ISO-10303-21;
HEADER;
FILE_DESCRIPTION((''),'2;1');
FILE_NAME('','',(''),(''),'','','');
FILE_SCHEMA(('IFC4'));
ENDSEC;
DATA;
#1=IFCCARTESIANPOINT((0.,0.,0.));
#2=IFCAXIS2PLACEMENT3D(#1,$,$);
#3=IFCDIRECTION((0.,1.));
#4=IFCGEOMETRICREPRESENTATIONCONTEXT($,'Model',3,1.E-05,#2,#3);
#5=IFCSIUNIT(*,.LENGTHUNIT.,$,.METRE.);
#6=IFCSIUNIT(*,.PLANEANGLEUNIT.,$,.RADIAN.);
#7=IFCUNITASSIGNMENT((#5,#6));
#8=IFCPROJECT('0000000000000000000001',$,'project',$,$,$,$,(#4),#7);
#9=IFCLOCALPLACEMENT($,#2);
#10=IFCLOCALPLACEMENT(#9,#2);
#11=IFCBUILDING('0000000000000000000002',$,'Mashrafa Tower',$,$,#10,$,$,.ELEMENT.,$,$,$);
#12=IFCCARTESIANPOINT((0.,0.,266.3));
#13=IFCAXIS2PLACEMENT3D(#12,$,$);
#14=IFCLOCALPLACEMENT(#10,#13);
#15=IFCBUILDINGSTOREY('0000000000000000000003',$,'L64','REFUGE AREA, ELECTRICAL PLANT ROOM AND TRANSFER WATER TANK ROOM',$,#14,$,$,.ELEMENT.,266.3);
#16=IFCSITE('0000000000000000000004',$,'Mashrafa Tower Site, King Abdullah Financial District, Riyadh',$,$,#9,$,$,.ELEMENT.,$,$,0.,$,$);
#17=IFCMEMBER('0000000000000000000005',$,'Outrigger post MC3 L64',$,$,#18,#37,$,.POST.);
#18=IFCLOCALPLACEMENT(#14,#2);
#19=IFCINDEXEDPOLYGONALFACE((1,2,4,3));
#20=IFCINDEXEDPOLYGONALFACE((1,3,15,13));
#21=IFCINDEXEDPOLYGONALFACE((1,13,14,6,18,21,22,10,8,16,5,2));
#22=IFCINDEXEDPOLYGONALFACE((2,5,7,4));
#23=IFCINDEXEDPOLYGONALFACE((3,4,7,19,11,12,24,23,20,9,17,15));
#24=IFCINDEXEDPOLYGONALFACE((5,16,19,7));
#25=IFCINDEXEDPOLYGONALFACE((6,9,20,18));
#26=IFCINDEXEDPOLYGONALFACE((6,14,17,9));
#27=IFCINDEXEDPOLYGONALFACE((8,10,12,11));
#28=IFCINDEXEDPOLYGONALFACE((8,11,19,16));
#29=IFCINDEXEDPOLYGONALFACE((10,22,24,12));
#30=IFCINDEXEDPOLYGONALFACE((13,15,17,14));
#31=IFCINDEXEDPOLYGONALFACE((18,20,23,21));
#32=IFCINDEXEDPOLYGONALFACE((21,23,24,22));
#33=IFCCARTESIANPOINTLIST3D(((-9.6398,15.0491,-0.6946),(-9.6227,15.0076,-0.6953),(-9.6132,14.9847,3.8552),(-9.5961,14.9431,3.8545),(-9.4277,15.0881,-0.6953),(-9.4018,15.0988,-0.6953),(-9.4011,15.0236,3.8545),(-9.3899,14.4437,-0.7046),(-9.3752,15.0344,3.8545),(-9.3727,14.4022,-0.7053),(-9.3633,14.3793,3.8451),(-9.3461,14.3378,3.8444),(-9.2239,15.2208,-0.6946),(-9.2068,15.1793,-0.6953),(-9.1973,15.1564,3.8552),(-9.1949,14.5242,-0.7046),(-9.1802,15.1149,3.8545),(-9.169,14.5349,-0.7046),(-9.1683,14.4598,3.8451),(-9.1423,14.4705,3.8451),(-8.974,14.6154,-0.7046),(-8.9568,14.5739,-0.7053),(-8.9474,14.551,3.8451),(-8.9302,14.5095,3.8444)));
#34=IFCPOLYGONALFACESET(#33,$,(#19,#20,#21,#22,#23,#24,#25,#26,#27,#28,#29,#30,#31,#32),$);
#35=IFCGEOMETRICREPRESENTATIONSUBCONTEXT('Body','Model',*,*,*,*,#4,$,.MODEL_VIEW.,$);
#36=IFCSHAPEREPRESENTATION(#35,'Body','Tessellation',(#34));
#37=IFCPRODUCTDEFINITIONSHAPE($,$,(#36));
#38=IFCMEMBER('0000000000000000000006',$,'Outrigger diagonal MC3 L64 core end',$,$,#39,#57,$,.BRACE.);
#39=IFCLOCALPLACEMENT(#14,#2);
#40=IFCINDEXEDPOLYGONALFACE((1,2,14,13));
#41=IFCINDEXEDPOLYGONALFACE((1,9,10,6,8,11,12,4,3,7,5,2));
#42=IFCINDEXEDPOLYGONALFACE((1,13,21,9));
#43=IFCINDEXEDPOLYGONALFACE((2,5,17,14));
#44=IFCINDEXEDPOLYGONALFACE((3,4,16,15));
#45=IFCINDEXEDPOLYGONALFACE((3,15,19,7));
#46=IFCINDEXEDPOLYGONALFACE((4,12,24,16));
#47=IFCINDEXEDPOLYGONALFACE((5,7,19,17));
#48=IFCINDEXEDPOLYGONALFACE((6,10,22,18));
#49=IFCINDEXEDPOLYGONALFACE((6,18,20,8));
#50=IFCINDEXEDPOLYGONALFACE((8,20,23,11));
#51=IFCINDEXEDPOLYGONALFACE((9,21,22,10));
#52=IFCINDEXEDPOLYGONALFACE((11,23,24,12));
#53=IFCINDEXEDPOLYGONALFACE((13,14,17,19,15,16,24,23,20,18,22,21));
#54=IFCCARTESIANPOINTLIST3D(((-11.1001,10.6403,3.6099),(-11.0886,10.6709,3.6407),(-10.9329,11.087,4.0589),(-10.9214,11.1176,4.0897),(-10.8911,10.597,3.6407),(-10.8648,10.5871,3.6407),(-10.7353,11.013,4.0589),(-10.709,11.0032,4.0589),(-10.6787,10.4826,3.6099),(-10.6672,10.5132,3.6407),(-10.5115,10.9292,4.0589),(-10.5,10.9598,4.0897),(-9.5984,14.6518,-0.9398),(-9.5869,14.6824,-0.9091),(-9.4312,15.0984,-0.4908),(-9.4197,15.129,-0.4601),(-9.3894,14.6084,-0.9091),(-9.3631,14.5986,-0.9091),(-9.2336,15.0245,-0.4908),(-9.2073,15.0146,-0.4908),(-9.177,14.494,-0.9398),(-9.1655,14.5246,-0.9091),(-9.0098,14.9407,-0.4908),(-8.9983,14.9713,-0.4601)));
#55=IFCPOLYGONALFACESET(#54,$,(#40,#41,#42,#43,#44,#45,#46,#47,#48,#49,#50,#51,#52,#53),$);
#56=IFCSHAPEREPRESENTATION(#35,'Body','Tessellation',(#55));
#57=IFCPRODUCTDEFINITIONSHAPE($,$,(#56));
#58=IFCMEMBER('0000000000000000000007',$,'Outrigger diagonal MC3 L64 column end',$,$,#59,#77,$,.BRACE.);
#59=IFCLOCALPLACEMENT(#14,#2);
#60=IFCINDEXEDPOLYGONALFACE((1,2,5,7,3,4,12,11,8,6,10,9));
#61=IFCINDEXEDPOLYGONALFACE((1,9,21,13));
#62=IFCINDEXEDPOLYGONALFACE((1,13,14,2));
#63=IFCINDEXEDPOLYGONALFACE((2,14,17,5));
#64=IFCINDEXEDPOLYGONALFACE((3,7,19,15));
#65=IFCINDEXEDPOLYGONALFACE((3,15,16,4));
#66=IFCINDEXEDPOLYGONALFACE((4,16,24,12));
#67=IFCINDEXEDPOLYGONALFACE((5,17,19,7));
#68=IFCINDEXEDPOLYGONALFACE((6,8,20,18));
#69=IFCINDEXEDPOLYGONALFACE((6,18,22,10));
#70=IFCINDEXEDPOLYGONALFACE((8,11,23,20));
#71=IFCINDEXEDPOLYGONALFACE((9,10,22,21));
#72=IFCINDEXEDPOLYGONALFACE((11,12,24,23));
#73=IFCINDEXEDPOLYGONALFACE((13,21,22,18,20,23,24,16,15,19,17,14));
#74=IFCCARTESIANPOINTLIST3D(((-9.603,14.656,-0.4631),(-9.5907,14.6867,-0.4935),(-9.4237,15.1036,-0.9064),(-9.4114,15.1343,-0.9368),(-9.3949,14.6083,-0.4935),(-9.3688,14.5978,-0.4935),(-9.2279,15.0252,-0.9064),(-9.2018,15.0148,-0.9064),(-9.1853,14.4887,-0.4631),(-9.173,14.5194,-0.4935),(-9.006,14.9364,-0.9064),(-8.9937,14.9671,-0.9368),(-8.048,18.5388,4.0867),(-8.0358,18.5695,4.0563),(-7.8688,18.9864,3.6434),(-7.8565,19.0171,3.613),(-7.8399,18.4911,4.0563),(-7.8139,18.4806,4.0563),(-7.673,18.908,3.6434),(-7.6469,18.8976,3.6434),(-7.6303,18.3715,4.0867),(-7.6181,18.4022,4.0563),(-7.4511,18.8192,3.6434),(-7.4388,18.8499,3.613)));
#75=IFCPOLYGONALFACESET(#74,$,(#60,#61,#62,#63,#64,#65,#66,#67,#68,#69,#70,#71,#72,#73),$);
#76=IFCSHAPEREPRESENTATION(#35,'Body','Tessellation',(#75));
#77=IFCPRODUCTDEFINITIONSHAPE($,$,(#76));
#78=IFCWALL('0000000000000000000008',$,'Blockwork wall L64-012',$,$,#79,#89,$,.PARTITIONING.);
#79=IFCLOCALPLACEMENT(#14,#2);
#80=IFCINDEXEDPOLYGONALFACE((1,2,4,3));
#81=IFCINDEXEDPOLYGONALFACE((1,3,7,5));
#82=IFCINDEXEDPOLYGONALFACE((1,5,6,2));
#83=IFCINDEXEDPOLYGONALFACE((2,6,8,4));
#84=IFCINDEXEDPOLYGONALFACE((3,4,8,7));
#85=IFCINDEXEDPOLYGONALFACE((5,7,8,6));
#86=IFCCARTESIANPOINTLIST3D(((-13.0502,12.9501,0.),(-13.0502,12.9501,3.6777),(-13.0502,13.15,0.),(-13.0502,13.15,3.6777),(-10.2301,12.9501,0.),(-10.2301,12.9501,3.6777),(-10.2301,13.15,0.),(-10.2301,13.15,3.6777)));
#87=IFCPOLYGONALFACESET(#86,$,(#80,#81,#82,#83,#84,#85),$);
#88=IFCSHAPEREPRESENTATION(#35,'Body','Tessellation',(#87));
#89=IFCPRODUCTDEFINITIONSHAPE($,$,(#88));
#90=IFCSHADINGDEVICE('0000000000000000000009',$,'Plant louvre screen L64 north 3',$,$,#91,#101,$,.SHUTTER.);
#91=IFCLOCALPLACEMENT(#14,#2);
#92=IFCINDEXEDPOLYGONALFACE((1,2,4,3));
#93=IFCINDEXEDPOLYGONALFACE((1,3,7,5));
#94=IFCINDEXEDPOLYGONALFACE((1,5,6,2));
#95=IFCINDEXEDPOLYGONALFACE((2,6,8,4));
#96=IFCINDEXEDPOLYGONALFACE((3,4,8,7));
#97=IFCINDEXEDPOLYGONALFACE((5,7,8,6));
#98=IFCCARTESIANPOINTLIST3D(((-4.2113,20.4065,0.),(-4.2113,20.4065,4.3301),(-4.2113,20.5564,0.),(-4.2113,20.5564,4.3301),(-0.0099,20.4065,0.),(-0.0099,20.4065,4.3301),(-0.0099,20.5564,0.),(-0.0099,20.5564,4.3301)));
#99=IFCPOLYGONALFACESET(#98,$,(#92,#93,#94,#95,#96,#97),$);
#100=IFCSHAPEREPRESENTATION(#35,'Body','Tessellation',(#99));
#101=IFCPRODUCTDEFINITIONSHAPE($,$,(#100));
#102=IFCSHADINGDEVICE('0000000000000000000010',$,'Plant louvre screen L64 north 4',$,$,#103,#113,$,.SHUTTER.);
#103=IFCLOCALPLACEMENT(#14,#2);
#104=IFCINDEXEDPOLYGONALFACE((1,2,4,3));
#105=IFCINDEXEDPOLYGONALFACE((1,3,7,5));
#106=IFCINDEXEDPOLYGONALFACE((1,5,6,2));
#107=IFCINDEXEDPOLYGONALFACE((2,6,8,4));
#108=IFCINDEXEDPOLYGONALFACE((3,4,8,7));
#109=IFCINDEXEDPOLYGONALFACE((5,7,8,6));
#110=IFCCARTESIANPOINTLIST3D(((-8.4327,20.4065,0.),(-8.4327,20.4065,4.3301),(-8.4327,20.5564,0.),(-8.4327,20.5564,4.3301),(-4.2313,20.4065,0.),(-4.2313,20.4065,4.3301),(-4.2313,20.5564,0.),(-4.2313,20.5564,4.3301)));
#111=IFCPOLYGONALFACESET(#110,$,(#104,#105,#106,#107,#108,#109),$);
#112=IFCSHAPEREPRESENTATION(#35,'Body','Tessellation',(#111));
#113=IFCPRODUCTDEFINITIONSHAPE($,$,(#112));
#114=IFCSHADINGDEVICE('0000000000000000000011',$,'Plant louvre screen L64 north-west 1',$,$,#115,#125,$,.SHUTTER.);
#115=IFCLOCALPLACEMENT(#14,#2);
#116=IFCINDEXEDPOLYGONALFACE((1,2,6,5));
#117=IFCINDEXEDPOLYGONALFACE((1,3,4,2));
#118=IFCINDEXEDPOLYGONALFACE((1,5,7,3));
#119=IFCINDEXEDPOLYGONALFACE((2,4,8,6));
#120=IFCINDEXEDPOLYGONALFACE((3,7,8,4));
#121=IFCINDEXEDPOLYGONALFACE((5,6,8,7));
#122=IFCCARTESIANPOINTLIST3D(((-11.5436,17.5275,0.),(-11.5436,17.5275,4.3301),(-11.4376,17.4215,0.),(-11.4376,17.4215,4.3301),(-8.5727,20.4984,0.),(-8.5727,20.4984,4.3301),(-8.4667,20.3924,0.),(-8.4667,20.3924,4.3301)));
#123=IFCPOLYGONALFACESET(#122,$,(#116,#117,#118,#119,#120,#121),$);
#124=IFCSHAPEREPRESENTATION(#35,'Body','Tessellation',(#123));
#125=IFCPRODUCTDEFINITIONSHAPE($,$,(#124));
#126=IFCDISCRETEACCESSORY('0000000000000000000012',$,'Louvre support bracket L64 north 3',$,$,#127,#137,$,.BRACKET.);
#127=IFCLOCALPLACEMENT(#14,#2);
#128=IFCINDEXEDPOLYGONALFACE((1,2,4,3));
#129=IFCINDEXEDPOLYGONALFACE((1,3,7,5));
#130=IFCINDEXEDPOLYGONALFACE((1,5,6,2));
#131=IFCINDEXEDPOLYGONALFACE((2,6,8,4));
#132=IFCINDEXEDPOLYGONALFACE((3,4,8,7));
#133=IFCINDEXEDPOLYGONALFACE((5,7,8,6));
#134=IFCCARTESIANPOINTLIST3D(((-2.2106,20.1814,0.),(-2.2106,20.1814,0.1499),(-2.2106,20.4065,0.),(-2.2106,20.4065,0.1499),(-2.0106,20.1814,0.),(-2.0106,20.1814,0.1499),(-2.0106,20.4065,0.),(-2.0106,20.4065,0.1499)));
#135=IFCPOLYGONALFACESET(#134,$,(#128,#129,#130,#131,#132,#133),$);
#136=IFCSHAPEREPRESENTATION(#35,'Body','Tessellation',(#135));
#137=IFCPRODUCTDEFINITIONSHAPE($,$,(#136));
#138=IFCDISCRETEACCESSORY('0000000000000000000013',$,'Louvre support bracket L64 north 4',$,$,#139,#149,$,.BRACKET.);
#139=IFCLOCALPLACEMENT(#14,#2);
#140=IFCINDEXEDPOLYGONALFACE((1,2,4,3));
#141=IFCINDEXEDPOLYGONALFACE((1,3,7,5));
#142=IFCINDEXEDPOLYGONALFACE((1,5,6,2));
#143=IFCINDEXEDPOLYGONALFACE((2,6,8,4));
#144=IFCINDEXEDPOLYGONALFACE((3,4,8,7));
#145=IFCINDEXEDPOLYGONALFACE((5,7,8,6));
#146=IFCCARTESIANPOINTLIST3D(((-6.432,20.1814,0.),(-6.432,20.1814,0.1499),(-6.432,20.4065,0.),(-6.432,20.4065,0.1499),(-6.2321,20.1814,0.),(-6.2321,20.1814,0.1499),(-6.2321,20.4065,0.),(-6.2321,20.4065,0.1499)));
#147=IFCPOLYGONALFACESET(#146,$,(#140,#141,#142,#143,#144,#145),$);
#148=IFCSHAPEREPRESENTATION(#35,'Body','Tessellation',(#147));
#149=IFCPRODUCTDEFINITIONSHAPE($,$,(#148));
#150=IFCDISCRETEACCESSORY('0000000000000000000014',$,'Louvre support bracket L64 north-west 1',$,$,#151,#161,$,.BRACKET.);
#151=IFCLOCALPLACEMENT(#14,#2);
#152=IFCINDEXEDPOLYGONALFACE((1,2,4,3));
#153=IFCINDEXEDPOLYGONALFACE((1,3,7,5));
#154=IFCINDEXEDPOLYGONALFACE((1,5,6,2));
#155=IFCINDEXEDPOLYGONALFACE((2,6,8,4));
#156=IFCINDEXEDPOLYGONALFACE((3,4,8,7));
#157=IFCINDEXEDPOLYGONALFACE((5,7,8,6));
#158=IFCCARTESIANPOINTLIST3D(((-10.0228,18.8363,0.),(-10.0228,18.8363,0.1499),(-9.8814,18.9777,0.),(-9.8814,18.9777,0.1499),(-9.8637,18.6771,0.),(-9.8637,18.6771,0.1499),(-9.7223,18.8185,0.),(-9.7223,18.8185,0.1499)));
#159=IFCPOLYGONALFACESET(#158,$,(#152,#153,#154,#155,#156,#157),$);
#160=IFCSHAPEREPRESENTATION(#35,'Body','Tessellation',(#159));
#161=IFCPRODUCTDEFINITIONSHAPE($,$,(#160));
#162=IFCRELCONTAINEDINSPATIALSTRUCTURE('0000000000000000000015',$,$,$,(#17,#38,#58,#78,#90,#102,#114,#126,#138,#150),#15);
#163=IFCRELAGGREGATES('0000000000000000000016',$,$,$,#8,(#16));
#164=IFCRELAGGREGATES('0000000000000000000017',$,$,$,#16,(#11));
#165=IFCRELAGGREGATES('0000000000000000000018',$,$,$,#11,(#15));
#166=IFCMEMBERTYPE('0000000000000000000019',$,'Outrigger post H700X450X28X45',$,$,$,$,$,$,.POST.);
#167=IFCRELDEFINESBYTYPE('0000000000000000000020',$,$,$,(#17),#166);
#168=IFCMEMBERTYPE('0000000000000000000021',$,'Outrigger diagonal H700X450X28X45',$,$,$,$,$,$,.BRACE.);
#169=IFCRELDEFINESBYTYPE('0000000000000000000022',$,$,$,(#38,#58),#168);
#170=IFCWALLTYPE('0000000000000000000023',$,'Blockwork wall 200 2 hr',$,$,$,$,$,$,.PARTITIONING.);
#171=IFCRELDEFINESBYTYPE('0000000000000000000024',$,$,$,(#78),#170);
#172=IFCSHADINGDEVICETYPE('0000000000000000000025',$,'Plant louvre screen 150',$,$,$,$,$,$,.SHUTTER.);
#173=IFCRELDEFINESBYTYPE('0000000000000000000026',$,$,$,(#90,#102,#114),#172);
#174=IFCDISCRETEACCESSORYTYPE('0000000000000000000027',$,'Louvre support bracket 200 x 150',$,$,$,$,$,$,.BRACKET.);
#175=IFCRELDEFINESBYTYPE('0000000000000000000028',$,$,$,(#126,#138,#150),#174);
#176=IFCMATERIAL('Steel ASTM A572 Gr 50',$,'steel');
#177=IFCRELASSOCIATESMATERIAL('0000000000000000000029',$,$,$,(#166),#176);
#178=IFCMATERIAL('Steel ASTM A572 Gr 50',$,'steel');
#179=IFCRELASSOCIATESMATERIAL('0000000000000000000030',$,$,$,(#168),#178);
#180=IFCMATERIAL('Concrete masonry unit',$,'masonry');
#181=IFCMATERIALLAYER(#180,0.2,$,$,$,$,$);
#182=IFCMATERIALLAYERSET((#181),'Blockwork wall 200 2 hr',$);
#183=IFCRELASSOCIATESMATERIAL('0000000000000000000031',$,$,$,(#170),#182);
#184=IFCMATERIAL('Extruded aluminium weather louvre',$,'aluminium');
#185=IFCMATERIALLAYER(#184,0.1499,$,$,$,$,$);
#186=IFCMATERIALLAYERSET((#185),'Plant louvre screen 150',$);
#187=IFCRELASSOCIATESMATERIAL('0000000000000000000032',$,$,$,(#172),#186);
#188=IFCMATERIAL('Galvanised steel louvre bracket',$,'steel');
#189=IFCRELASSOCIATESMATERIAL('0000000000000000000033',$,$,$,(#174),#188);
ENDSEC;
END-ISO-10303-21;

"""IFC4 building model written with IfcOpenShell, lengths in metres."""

from ifc_helpers import new_model, si_unit, direction, frame, frame_2d, origin, origin_2d, place, context, subcontext, project, spatial, rectangle, i_section, extrude, source, transform, mapped, material, layer, layer_set, material_profile, profile_set, type_object, type_shapes, element, save


model = new_model("IFC4")

# Units and contexts
model_context = context("Model", 3, precision=1e-05, world=origin(), true_north=direction((0.0, 1.0)))
body_context = subcontext(model_context, "Body", "Model", "MODEL_VIEW")
ifc_project = project(units=[si_unit("LENGTHUNIT", "METRE"), si_unit("PLANEANGLEUNIT", "RADIAN")], contexts=[model_context])

# Site, building, storey
site_placement = place(None, origin())
site = spatial("IfcSite", under=ifc_project, at=site_placement, Name="Mashrafa Tower Site, King Abdullah Financial District, Riyadh", CompositionType="ELEMENT", RefElevation=0.0)
building_placement = place(site_placement, origin())
building = spatial("IfcBuilding", under=site, at=building_placement, Name="Mashrafa Tower", CompositionType="ELEMENT")
storey_placement = place(building_placement, frame((0.0, 0.0, 266.3)))
storey = spatial("IfcBuildingStorey", under=building, at=storey_placement, Name="L64", Description="REFUGE AREA, ELECTRICAL PLANT ROOM AND TRANSFER WATER TANK ROOM", CompositionType="ELEMENT", Elevation=266.3)

# Members
ifc_material_1 = material(Name="Steel ASTM A572 Gr 50", Category="steel")
ifc_material_profile_1 = material_profile(ifc_material_1, i_section(OverallWidth=0.45, OverallDepth=0.7, WebThickness=0.0281, FlangeThickness=0.0449, at=origin_2d()), Name="H700X450X28X45")
ifc_profile_set_1 = profile_set([ifc_material_profile_1], Name="Steel ASTM A572 Gr 50")
member_type_1 = type_object("IfcMemberType", Name="Outrigger post H700X450X28X45", PredefinedType="POST", material=ifc_profile_set_1)
shared_shape_1 = source(origin(), body_context, "Body", "SweptSolid", [
    extrude(i_section(OverallWidth=0.45, OverallDepth=0.7, WebThickness=0.0281, FlangeThickness=0.0449, at=origin_2d()), origin(), (0.0, 0.0, 1.0), 4.5503),
])
type_shapes(member_type_1, [shared_shape_1])
member_1_placement = place(storey_placement, frame((-9.2983, 14.8115, -0.7), z_axis=(0.005848, -0.014164, 0.999883), x_axis=(0.924315, 0.38163, 0.0)))
element("IfcMember", 1, at=member_1_placement, inside=storey, type_object=member_type_1, Name="Outrigger post MC3 L64", PredefinedType="POST", context=body_context, shape_type="MappedRepresentation", body=[
    mapped(shared_shape_1, transform((0.0, 0.0, 0.0))),
])
ifc_material_2 = material(Name="Steel ASTM A572 Gr 50", Category="steel")
ifc_material_profile_2 = material_profile(ifc_material_2, i_section(OverallWidth=0.45, OverallDepth=0.7, WebThickness=0.0281, FlangeThickness=0.0449, at=origin_2d()), Name="H700X450X28X45")
ifc_profile_set_2 = profile_set([ifc_material_profile_2], Name="Steel ASTM A572 Gr 50")
member_type_2 = type_object("IfcMemberType", Name="Outrigger diagonal H700X450X28X45", PredefinedType="BRACE", material=ifc_profile_set_2)
shared_shape_2 = source(origin(), body_context, "Body", "SweptSolid", [
    extrude(i_section(OverallWidth=0.45, OverallDepth=0.7, WebThickness=0.0281, FlangeThickness=0.0449, at=origin_2d()), origin(), (0.0, 0.0, 1.0), 6.2488),
])
member_2_placement = place(storey_placement, frame((-9.2983, 14.8115, -0.7), z_axis=(-0.240319, -0.641957, 0.728106), x_axis=(0.936528, -0.350592, 0.0)))
element("IfcMember", 2, at=member_2_placement, inside=storey, type_object=member_type_2, Name="Outrigger diagonal MC3 L64 core end", PredefinedType="BRACE", context=body_context, shape_type="MappedRepresentation", body=[
    mapped(shared_shape_2, transform((0.0, 0.0, 0.0))),
])
shared_shape_3 = source(origin(), body_context, "Body", "SweptSolid", [
    extrude(i_section(OverallWidth=0.45, OverallDepth=0.7, WebThickness=0.0281, FlangeThickness=0.0449, at=origin_2d()), origin(), (0.0, 0.0, 1.0), 6.1802),
])
type_shapes(member_type_2, [shared_shape_2, shared_shape_3])
member_3_placement = place(storey_placement, frame((-9.2983, 14.8115, -0.7), z_axis=(0.251599, 0.628267, 0.736192), x_axis=(-0.928328, 0.371763, 0.0)))
element("IfcMember", 3, at=member_3_placement, inside=storey, type_object=member_type_2, Name="Outrigger diagonal MC3 L64 column end", PredefinedType="BRACE", context=body_context, shape_type="MappedRepresentation", body=[
    mapped(shared_shape_3, transform((0.0, 0.0, 0.0))),
])

# Wall
ifc_material_3 = material(Name="Concrete masonry unit", Category="masonry")
ifc_layer_1 = layer(ifc_material_3, 0.2)
ifc_layer_set_1 = layer_set([ifc_layer_1], Name="Blockwork wall 200 2 hr")
wall_type = type_object("IfcWallType", Name="Blockwork wall 200 2 hr", PredefinedType="PARTITIONING", material=ifc_layer_set_1)
wall_placement = place(storey_placement, frame((-10.23, 13.05, 0.0), z_axis=(0.0, 0.0, 1.0), x_axis=(-1.0, 0.0, 0.0)))
element("IfcWall", 4, at=wall_placement, inside=storey, type_object=wall_type, Name="Blockwork wall L64-012", PredefinedType="PARTITIONING", context=body_context, shape_type="SweptSolid", body=[
    extrude(rectangle(XDim=2.8201, YDim=0.2, at=frame_2d((1.4102, 0.0))), origin(), (0.0, 0.0, 1.0), 3.6777),
])

# Shading devices
ifc_material_4 = material(Name="Extruded aluminium weather louvre", Category="aluminium")
ifc_layer_2 = layer(ifc_material_4, 0.1499)
ifc_layer_set_2 = layer_set([ifc_layer_2], Name="Plant louvre screen 150")
shading_device_type = type_object("IfcShadingDeviceType", Name="Plant louvre screen 150", PredefinedType="SHUTTER", material=ifc_layer_set_2)
shared_shape_4 = source(origin(), body_context, "Body", "SweptSolid", [
    extrude(rectangle(XDim=4.2014, YDim=0.1499, at=origin_2d()), origin(), (0.0, 0.0, 1.0), 4.3301),
])
type_shapes(shading_device_type, [shared_shape_4])
for number, where, z_axis, x_axis, name in (
    (5, (-2.1106, 20.4814, 0.0), (0.0, 0.0, 1.0), (-1.0, 0.0, 0.0), "Plant louvre screen L64 north 3"),
    (6, (-6.332, 20.4814, 0.0), (0.0, 0.0, 1.0), (-1.0, 0.0, 0.0), "Plant louvre screen L64 north 4"),
    (7, (-10.0051, 18.96, 0.0), (0.0, 0.0, 1.0), (-0.707107, -0.707107, 0.0), "Plant louvre screen L64 north-west 1"),
):
    element("IfcShadingDevice", number, at=place(storey_placement, frame(where, z_axis=z_axis, x_axis=x_axis)), inside=storey, type_object=shading_device_type, Name=name, PredefinedType="SHUTTER", context=body_context, shape_type="MappedRepresentation", body=[
        mapped(shared_shape_4, transform((0.0, 0.0, 0.0))),
    ])

# Discrete accessories
ifc_material_5 = material(Name="Galvanised steel louvre bracket", Category="steel")
discrete_accessory_type = type_object("IfcDiscreteAccessoryType", Name="Louvre support bracket 200 x 150", PredefinedType="BRACKET", material=ifc_material_5)
shared_shape_5 = source(origin(), body_context, "Body", "SweptSolid", [
    extrude(rectangle(XDim=0.2, YDim=0.2251, at=origin_2d()), origin(), (0.0, 0.0, 1.0), 0.1499),
])
type_shapes(discrete_accessory_type, [shared_shape_5])
for number, where, z_axis, x_axis, name in (
    (8, (-2.1106, 20.2939, 0.0), (0.0, 0.0, 1.0), (-1.0, 0.0, 0.0), "Louvre support bracket L64 north 3"),
    (9, (-6.332, 20.2939, 0.0), (0.0, 0.0, 1.0), (-1.0, 0.0, 0.0), "Louvre support bracket L64 north 4"),
    (10, (-9.8726, 18.8274, 0.0), (0.0, 0.0, 1.0), (-0.707107, -0.707107, 0.0), "Louvre support bracket L64 north-west 1"),
):
    element("IfcDiscreteAccessory", number, at=place(storey_placement, frame(where, z_axis=z_axis, x_axis=x_axis)), inside=storey, type_object=discrete_accessory_type, Name=name, PredefinedType="BRACKET", context=body_context, shape_type="MappedRepresentation", body=[
        mapped(shared_shape_5, transform((0.0, 0.0, 0.0))),
    ])

save(model, "model.ifc")
